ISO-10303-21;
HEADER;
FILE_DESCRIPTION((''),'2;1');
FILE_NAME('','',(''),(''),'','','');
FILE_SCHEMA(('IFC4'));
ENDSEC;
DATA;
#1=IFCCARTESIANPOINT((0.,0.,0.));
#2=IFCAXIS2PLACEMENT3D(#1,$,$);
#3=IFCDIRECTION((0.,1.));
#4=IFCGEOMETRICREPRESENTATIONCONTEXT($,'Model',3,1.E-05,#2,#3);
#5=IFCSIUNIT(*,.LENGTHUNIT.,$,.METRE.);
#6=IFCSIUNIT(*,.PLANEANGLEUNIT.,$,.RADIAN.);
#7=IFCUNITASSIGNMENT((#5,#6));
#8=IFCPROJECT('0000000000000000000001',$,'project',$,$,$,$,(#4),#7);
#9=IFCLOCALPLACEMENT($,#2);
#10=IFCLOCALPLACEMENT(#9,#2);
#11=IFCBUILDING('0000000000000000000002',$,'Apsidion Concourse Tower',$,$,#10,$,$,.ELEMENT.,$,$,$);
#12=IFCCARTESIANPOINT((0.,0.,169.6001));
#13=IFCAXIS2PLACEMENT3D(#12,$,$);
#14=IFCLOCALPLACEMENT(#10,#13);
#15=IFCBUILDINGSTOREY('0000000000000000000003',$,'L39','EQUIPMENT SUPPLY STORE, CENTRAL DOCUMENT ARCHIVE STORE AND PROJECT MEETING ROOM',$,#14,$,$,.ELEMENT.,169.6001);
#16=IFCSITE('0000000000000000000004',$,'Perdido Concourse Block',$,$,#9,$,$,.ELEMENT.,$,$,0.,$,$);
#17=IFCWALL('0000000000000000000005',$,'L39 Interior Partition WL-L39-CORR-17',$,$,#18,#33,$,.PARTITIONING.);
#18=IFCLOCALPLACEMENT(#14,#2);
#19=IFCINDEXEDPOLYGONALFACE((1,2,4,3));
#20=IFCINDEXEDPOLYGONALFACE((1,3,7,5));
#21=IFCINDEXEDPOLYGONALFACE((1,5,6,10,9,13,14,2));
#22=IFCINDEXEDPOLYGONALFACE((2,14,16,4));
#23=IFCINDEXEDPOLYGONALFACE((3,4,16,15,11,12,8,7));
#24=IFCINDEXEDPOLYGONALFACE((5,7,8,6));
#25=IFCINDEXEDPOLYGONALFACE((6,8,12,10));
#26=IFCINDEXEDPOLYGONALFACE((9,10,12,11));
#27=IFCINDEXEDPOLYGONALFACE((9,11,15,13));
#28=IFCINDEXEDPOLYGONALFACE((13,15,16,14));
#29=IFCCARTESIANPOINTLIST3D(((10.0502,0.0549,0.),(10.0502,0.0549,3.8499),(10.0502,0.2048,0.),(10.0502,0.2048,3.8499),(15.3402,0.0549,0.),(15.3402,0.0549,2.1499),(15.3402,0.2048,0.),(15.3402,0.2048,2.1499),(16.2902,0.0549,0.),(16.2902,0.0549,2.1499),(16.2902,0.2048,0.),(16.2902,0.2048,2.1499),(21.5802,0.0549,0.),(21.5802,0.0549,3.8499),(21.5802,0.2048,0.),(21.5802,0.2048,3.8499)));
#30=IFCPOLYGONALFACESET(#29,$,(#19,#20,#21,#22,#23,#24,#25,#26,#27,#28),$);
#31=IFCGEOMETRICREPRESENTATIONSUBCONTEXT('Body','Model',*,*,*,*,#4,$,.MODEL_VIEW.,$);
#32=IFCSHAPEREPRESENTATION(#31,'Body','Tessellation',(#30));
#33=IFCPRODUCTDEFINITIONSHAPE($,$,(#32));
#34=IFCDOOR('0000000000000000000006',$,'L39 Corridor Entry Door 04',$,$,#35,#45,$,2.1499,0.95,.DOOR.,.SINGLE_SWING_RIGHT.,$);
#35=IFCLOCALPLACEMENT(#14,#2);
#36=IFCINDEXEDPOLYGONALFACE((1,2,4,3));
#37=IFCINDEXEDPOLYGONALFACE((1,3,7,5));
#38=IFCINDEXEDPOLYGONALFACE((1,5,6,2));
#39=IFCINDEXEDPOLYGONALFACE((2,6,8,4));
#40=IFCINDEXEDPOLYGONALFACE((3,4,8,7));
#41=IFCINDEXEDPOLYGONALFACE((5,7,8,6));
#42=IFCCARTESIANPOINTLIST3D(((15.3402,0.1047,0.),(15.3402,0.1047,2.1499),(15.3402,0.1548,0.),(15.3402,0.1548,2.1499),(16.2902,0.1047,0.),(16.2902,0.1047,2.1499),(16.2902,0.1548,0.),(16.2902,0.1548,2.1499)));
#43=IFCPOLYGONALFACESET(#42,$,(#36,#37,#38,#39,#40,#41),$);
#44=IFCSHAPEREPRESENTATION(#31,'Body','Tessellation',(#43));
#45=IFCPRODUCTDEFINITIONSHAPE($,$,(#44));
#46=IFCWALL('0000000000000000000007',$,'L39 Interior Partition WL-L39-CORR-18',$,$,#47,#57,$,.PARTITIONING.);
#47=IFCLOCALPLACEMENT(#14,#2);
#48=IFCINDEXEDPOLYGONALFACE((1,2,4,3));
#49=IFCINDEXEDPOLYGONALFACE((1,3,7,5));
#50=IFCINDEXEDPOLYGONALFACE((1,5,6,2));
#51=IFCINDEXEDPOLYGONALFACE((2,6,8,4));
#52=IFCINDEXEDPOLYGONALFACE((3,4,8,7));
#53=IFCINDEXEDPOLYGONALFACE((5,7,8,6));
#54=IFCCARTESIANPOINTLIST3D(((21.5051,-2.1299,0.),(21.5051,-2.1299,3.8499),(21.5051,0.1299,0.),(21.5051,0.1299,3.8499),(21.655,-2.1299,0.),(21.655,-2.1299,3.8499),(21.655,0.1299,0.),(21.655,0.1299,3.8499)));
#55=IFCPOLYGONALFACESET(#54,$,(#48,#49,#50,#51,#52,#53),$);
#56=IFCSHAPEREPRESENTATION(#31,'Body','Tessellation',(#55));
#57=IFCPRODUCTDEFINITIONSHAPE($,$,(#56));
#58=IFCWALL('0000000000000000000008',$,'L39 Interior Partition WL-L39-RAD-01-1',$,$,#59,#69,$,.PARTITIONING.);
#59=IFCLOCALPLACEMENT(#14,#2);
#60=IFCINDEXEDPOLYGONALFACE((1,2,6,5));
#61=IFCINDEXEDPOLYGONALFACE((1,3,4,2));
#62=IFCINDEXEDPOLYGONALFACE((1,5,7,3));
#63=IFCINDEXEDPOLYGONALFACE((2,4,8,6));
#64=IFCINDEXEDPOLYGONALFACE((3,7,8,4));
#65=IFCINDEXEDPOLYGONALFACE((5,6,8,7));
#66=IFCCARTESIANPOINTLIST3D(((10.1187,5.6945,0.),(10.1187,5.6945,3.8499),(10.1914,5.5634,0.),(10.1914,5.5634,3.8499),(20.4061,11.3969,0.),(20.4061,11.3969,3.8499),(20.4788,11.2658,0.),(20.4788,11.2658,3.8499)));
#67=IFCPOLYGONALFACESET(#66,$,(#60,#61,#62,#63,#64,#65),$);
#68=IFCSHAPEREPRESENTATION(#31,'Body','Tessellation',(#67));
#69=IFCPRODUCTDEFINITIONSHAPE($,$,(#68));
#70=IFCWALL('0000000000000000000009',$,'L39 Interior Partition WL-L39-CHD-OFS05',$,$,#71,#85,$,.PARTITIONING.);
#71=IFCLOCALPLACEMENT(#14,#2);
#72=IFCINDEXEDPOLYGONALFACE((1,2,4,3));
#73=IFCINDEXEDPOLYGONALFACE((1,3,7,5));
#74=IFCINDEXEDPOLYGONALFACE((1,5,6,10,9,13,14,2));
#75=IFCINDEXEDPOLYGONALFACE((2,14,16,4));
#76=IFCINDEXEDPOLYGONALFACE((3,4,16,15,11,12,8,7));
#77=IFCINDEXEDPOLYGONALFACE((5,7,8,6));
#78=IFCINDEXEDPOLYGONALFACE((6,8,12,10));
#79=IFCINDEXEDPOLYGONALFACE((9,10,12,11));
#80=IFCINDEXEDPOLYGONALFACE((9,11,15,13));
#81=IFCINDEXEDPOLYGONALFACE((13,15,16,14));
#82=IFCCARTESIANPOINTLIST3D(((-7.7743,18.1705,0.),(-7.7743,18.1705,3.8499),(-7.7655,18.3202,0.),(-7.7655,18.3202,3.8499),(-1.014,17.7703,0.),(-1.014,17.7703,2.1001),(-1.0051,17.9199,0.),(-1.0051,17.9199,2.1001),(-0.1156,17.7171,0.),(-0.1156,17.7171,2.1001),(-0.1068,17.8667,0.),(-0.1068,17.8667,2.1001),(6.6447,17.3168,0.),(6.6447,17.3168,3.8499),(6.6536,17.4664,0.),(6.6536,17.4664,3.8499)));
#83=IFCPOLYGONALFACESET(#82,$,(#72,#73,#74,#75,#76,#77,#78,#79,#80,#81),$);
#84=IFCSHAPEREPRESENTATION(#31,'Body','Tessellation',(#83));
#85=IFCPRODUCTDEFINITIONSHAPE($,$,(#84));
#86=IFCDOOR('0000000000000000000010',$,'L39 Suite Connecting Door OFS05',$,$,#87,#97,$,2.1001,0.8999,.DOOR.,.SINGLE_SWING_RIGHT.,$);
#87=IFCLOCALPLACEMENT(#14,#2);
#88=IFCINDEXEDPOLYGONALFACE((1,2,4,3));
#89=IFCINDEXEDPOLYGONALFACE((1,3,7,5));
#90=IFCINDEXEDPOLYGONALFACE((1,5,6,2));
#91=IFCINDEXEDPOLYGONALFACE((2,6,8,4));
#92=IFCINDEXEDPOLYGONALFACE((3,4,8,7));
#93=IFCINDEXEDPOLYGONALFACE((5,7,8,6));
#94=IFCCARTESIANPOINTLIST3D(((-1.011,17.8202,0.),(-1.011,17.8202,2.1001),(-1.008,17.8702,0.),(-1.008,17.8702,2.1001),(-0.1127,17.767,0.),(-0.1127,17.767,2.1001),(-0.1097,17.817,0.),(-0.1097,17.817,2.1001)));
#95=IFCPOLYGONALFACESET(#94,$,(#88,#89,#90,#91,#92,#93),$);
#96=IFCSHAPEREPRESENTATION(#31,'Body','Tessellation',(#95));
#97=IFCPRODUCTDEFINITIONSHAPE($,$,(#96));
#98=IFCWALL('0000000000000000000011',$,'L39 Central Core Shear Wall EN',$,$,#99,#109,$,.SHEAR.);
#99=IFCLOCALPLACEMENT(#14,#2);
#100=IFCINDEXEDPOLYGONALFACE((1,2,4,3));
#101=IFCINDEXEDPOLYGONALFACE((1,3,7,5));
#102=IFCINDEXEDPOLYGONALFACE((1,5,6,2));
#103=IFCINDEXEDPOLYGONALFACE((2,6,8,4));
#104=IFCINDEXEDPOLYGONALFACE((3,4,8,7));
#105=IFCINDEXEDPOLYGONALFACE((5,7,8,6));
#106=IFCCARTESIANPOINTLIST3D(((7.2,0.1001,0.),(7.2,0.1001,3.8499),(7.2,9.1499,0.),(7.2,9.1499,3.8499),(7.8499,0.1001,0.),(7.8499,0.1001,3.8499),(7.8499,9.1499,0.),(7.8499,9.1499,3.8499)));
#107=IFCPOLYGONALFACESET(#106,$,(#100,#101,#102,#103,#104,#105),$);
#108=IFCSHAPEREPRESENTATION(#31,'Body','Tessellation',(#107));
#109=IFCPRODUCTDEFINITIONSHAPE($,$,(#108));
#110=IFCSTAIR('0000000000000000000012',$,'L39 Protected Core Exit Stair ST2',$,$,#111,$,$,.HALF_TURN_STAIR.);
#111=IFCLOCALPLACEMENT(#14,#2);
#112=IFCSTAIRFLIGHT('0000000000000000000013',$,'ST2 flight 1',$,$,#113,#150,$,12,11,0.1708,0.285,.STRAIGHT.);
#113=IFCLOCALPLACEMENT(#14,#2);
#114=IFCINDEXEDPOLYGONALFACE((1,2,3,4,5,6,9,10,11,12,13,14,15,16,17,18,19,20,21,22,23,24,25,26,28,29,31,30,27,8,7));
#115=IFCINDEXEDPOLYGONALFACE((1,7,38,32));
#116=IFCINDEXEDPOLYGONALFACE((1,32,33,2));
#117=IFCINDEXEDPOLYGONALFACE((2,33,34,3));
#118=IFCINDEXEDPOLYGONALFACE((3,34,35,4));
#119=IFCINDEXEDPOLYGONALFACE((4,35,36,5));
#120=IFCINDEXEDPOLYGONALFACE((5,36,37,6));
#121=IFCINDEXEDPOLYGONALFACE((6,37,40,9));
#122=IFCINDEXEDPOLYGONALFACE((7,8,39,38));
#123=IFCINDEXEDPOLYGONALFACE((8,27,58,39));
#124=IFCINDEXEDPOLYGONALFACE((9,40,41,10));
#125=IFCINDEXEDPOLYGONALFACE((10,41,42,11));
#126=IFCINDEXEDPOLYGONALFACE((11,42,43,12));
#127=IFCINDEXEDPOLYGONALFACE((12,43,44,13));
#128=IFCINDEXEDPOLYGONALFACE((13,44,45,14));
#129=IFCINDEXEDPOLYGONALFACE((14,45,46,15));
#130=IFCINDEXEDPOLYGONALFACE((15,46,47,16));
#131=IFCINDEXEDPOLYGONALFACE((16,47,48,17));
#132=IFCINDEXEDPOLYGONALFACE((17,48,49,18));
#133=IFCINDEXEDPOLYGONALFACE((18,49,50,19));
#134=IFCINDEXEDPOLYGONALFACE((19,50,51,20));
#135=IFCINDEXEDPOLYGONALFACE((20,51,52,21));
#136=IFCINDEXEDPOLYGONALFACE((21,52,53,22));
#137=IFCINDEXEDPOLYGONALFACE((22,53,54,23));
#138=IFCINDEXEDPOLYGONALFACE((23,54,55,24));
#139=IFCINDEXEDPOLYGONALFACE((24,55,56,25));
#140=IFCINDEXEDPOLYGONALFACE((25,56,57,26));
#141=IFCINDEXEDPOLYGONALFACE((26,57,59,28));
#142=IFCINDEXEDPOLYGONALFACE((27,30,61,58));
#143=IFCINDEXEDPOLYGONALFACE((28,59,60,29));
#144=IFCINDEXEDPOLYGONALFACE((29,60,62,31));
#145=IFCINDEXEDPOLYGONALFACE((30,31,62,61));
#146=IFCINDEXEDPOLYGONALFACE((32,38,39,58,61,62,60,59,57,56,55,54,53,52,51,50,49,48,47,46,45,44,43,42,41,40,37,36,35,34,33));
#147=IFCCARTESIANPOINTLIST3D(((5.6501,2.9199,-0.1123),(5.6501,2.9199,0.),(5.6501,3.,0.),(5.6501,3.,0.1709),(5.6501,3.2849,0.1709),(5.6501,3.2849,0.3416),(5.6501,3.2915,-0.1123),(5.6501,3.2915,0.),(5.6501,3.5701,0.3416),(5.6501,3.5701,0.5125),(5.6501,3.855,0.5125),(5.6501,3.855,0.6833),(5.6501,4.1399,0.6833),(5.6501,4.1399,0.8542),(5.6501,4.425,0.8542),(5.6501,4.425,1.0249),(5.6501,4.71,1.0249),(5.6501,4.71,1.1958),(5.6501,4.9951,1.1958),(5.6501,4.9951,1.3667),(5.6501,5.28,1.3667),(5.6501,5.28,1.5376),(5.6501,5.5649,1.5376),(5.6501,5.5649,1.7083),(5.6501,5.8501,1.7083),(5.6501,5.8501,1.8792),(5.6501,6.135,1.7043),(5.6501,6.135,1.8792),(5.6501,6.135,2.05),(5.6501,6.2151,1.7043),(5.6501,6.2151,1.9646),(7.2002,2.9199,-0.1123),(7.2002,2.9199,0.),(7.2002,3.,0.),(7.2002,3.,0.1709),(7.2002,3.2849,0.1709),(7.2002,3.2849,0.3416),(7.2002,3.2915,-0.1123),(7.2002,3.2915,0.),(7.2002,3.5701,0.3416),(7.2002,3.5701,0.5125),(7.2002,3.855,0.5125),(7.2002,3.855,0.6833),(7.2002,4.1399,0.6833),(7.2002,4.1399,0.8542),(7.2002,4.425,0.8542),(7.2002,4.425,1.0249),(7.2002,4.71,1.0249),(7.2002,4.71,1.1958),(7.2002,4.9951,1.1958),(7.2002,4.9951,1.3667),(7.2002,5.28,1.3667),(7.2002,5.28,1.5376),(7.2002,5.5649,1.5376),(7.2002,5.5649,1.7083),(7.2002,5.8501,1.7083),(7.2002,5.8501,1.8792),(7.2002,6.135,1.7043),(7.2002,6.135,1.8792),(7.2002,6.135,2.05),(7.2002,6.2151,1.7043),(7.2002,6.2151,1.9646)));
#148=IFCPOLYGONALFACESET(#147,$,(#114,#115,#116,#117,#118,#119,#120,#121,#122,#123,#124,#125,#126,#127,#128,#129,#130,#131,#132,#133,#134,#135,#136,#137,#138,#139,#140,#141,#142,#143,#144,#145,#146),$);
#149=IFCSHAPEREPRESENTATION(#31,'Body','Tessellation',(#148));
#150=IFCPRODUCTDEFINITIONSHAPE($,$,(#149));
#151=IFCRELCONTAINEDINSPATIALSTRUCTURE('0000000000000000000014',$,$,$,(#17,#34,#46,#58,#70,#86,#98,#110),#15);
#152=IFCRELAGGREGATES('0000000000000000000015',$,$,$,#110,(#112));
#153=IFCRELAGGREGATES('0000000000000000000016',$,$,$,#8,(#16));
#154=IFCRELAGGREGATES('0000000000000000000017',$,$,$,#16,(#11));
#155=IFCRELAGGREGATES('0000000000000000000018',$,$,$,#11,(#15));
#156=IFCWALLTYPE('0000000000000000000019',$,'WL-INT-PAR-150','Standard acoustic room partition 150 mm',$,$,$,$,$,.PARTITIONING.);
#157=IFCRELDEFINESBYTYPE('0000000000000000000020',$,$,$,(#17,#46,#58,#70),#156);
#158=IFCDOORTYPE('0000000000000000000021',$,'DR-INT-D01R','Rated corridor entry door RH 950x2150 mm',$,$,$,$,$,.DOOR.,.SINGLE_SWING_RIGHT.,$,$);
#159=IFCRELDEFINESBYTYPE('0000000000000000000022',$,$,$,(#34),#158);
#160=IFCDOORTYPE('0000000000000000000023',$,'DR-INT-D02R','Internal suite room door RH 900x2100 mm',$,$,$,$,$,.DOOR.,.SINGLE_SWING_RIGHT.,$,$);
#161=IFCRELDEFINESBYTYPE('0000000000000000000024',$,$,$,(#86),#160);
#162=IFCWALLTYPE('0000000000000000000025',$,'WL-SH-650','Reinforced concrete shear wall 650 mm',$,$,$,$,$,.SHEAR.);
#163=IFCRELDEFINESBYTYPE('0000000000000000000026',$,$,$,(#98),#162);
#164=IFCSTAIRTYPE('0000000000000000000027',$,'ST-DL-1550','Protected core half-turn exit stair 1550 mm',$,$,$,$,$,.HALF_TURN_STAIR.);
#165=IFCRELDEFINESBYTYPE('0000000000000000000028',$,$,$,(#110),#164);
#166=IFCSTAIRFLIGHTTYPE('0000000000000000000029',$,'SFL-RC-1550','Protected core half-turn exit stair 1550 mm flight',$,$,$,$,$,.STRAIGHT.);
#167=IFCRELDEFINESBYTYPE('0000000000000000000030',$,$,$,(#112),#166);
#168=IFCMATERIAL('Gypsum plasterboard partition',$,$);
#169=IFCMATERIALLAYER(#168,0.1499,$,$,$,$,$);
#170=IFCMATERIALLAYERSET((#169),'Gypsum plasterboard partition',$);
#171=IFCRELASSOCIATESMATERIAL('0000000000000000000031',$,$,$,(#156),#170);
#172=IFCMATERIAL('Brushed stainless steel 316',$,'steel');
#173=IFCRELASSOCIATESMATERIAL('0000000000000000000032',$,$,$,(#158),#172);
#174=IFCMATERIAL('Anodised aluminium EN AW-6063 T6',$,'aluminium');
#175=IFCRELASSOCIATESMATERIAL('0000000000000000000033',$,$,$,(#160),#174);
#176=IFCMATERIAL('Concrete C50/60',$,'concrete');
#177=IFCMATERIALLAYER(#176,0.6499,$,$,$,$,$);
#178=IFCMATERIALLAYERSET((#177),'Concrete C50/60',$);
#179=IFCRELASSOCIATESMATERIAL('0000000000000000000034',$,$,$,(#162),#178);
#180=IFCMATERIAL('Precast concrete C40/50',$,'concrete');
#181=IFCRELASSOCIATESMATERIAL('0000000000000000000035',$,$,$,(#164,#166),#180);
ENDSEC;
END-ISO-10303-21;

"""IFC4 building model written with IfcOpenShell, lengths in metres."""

from ifc_helpers import new_model, si_unit, direction, frame, frame_2d, origin, place, context, subcontext, project, spatial, polyline, rectangle, outline, extrude, material, layer, layer_set, type_object, element, fill, aggregate, save


model = new_model("IFC4")

# Units and contexts
model_context = context("Model", 3, precision=1e-05, world=origin(), true_north=direction((0.0, 1.0)))
body_context = subcontext(model_context, "Body", "Model", "MODEL_VIEW")
ifc_project = project(units=[si_unit("LENGTHUNIT", "METRE"), si_unit("PLANEANGLEUNIT", "RADIAN")], contexts=[model_context])

# Site, building, storey
site_placement = place(None, origin())
site = spatial("IfcSite", under=ifc_project, at=site_placement, Name="Perdido Concourse Block", CompositionType="ELEMENT", RefElevation=0.0)
building_placement = place(site_placement, origin())
building = spatial("IfcBuilding", under=site, at=building_placement, Name="Apsidion Concourse Tower", CompositionType="ELEMENT")
storey_placement = place(building_placement, frame((0.0, 0.0, 169.6001)))
storey = spatial("IfcBuildingStorey", under=building, at=storey_placement, Name="L39", Description="EQUIPMENT SUPPLY STORE, CENTRAL DOCUMENT ARCHIVE STORE AND PROJECT MEETING ROOM", CompositionType="ELEMENT", Elevation=169.6001)

# Shared definitions
ifc_material_1 = material(Name="Concrete C50/60", Category="concrete")

# Shared definitions
ifc_material_2 = material(Name="Precast concrete C40/50", Category="concrete")
ifc_material_3 = material(Name="Gypsum plasterboard partition")
ifc_layer_1 = layer(ifc_material_3, 0.1499)
ifc_layer_set_1 = layer_set([ifc_layer_1], Name="Gypsum plasterboard partition")
wall_type_1 = type_object("IfcWallType", Name="WL-INT-PAR-150", Description="Standard acoustic room partition 150 mm", PredefinedType="PARTITIONING", material=ifc_layer_set_1)

# Wall, opening, door
ifc_material_4 = material(Name="Brushed stainless steel 316", Category="steel")
wall_1_placement = place(storey_placement, frame((10.05, 0.1299, 0.0), z_axis=(0.0, 0.0, 1.0), x_axis=(1.0, 0.0, 0.0)))
wall_1 = element("IfcWall", 1, at=wall_1_placement, inside=storey, type_object=wall_type_1, Name="L39 Interior Partition WL-L39-CORR-17", PredefinedType="PARTITIONING", context=body_context, shape_type="SweptSolid", body=[
    extrude(rectangle(XDim=11.53, YDim=0.1499, at=frame_2d((5.7651, 0.0))), origin(), (0.0, 0.0, 1.0), 3.8499),
])
opening_1_placement = place(wall_1_placement, frame((5.29, 0.0, 0.0)))
opening_1 = element("IfcOpeningElement", 2, at=opening_1_placement, cuts=wall_1, PredefinedType="OPENING", context=body_context, shape_type="SweptSolid", body=[
    extrude(rectangle(XDim=0.95, YDim=2.1499, at=frame_2d((0.4751, 1.075))), frame((0.0, 0.085, 0.0), z_axis=(0.0, -1.0, 0.0), x_axis=(1.0, 0.0, 0.0)), (0.0, 0.0, 1.0), 0.1699),
])
door_type_1 = type_object("IfcDoorType", Name="DR-INT-D01R", Description="Rated corridor entry door RH 950x2150 mm", OperationType="SINGLE_SWING_RIGHT", PredefinedType="DOOR", material=ifc_material_4)
door_1_placement = place(opening_1_placement, origin())
door_1 = element("IfcDoor", 3, at=door_1_placement, inside=storey, type_object=door_type_1, Name="L39 Corridor Entry Door 04", OperationType="SINGLE_SWING_RIGHT", OverallHeight=2.1499, OverallWidth=0.95, PredefinedType="DOOR", context=body_context, shape_type="SweptSolid", body=[
    extrude(rectangle(XDim=0.95, YDim=2.1499, at=frame_2d((0.4751, 1.075))), frame((0.0, 0.0249, 0.0), z_axis=(0.0, -1.0, 0.0), x_axis=(1.0, 0.0, 0.0)), (0.0, 0.0, 1.0), 0.05),
])
fill(opening_1, door_1)

# Walls
wall_2_placement = place(storey_placement, frame((21.5801, 0.1299, 0.0), z_axis=(0.0, 0.0, 1.0), x_axis=(0.0, -1.0, 0.0)))
element("IfcWall", 4, at=wall_2_placement, inside=storey, type_object=wall_type_1, Name="L39 Interior Partition WL-L39-CORR-18", PredefinedType="PARTITIONING", context=body_context, shape_type="SweptSolid", body=[
    extrude(rectangle(XDim=2.2598, YDim=0.1499, at=frame_2d((1.1299, 0.0))), origin(), (0.0, 0.0, 1.0), 3.8499),
])
wall_3_placement = place(storey_placement, frame((10.155, 5.6289, 0.0), z_axis=(0.0, 0.0, 1.0), x_axis=(0.874619, 0.484811, 0.0)))
element("IfcWall", 5, at=wall_3_placement, inside=storey, type_object=wall_type_1, Name="L39 Interior Partition WL-L39-RAD-01-1", PredefinedType="PARTITIONING", context=body_context, shape_type="SweptSolid", body=[
    extrude(rectangle(XDim=11.7622, YDim=0.1499, at=frame_2d((5.8811, 0.0))), origin(), (0.0, 0.0, 1.0), 3.8499),
])

# Wall, opening, door
wall_4_placement = place(storey_placement, frame((6.6492, 17.3916, 0.0), z_axis=(0.0, 0.0, 1.0), x_axis=(-0.998252, 0.059106, 0.0)))
wall_4 = element("IfcWall", 6, at=wall_4_placement, inside=storey, type_object=wall_type_1, Name="L39 Interior Partition WL-L39-CHD-OFS05", PredefinedType="PARTITIONING", context=body_context, shape_type="SweptSolid", body=[
    extrude(rectangle(XDim=14.4443, YDim=0.1499, at=frame_2d((7.2222, 0.0))), origin(), (0.0, 0.0, 1.0), 3.8499),
])
opening_2_placement = place(wall_4_placement, frame((6.7722, 0.0, 0.0)))
opening_2 = element("IfcOpeningElement", 7, at=opening_2_placement, cuts=wall_4, PredefinedType="OPENING", context=body_context, shape_type="SweptSolid", body=[
    extrude(rectangle(XDim=0.8999, YDim=2.1001, at=frame_2d((0.45, 1.05))), frame((0.0, 0.085, 0.0), z_axis=(0.0, -1.0, 0.0), x_axis=(1.0, 0.0, 0.0)), (0.0, 0.0, 1.0), 0.1699),
])
ifc_material_5 = material(Name="Anodised aluminium EN AW-6063 T6", Category="aluminium")
door_type_2 = type_object("IfcDoorType", Name="DR-INT-D02R", Description="Internal suite room door RH 900x2100 mm", OperationType="SINGLE_SWING_RIGHT", PredefinedType="DOOR", material=ifc_material_5)
door_2_placement = place(opening_2_placement, origin())
door_2 = element("IfcDoor", 8, at=door_2_placement, inside=storey, type_object=door_type_2, Name="L39 Suite Connecting Door OFS05", OperationType="SINGLE_SWING_RIGHT", OverallHeight=2.1001, OverallWidth=0.8999, PredefinedType="DOOR", context=body_context, shape_type="SweptSolid", body=[
    extrude(rectangle(XDim=0.8999, YDim=2.1001, at=frame_2d((0.45, 1.05))), frame((0.0, 0.0249, 0.0), z_axis=(0.0, -1.0, 0.0), x_axis=(1.0, 0.0, 0.0)), (0.0, 0.0, 1.0), 0.05),
])
fill(opening_2, door_2)

# Wall
ifc_layer_2 = layer(ifc_material_1, 0.6499)
ifc_layer_set_2 = layer_set([ifc_layer_2], Name="Concrete C50/60")
wall_type_2 = type_object("IfcWallType", Name="WL-SH-650", Description="Reinforced concrete shear wall 650 mm", PredefinedType="SHEAR", material=ifc_layer_set_2)
wall_5_placement = place(storey_placement, frame((7.5249, 0.1001, 0.0), z_axis=(0.0, 0.0, 1.0), x_axis=(0.0, 1.0, 0.0)))
element("IfcWall", 9, at=wall_5_placement, inside=storey, type_object=wall_type_2, Name="L39 Central Core Shear Wall EN", PredefinedType="SHEAR", context=body_context, shape_type="SweptSolid", body=[
    extrude(rectangle(XDim=9.0498, YDim=0.6499, at=frame_2d((4.5249, 0.0))), origin(), (0.0, 0.0, 1.0), 3.8499),
])

# Stair, stair flight
stair_type = type_object("IfcStairType", Name="ST-DL-1550", Description="Protected core half-turn exit stair 1550 mm", PredefinedType="HALF_TURN_STAIR", material=ifc_material_2)
stair_placement = place(storey_placement, origin())
stair = element("IfcStair", 10, at=stair_placement, inside=storey, type_object=stair_type, Name="L39 Protected Core Exit Stair ST2", PredefinedType="HALF_TURN_STAIR")
stair_flight_type = type_object("IfcStairFlightType", Name="SFL-RC-1550", Description="Protected core half-turn exit stair 1550 mm flight", PredefinedType="STRAIGHT", material=ifc_material_2)
stair_flight_placement = place(storey_placement, frame((6.425, 3.0, 0.0), z_axis=(0.0, 0.0, 1.0), x_axis=(0.0, 1.0, 0.0)))
stair_flight = element("IfcStairFlight", 11, at=stair_flight_placement, type_object=stair_flight_type, Name="ST2 flight 1", NumberOfRisers=12, NumberOfTreads=11, PredefinedType="STRAIGHT", RiserHeight=0.1708, TreadLength=0.285, context=body_context, shape_type="SweptSolid", body=[
    extrude(outline(polyline([(-0.0801, -0.1123), (-0.0801, 0.0), (0.0, 0.0), (0.0, 0.1709), (0.2849, 0.1709), (0.2849, 0.3416), (0.5701, 0.3416), (0.5701, 0.5125), (0.855, 0.5125), (0.855, 0.6833), (1.1399, 0.6833), (1.1399, 0.8542), (1.425, 0.8542), (1.425, 1.0249), (1.71, 1.0249), (1.71, 1.1958), (1.9951, 1.1958), (1.9951, 1.3667), (2.28, 1.3667), (2.28, 1.5376), (2.5649, 1.5376), (2.5649, 1.7083), (2.8501, 1.7083), (2.8501, 1.8792), (3.135, 1.8792), (3.135, 2.05), (3.2151, 1.9646), (3.2151, 1.7043), (3.135, 1.7043), (0.2915, 0.0), (0.2915, -0.1123), (-0.0801, -0.1123)])), frame((0.0, 0.7749, 0.0), z_axis=(0.0, -1.0, 0.0), x_axis=(1.0, 0.0, 0.0)), (0.0, 0.0, 1.0), 1.55),
])
aggregate(stair, [stair_flight])

save(model, "model.ifc")
